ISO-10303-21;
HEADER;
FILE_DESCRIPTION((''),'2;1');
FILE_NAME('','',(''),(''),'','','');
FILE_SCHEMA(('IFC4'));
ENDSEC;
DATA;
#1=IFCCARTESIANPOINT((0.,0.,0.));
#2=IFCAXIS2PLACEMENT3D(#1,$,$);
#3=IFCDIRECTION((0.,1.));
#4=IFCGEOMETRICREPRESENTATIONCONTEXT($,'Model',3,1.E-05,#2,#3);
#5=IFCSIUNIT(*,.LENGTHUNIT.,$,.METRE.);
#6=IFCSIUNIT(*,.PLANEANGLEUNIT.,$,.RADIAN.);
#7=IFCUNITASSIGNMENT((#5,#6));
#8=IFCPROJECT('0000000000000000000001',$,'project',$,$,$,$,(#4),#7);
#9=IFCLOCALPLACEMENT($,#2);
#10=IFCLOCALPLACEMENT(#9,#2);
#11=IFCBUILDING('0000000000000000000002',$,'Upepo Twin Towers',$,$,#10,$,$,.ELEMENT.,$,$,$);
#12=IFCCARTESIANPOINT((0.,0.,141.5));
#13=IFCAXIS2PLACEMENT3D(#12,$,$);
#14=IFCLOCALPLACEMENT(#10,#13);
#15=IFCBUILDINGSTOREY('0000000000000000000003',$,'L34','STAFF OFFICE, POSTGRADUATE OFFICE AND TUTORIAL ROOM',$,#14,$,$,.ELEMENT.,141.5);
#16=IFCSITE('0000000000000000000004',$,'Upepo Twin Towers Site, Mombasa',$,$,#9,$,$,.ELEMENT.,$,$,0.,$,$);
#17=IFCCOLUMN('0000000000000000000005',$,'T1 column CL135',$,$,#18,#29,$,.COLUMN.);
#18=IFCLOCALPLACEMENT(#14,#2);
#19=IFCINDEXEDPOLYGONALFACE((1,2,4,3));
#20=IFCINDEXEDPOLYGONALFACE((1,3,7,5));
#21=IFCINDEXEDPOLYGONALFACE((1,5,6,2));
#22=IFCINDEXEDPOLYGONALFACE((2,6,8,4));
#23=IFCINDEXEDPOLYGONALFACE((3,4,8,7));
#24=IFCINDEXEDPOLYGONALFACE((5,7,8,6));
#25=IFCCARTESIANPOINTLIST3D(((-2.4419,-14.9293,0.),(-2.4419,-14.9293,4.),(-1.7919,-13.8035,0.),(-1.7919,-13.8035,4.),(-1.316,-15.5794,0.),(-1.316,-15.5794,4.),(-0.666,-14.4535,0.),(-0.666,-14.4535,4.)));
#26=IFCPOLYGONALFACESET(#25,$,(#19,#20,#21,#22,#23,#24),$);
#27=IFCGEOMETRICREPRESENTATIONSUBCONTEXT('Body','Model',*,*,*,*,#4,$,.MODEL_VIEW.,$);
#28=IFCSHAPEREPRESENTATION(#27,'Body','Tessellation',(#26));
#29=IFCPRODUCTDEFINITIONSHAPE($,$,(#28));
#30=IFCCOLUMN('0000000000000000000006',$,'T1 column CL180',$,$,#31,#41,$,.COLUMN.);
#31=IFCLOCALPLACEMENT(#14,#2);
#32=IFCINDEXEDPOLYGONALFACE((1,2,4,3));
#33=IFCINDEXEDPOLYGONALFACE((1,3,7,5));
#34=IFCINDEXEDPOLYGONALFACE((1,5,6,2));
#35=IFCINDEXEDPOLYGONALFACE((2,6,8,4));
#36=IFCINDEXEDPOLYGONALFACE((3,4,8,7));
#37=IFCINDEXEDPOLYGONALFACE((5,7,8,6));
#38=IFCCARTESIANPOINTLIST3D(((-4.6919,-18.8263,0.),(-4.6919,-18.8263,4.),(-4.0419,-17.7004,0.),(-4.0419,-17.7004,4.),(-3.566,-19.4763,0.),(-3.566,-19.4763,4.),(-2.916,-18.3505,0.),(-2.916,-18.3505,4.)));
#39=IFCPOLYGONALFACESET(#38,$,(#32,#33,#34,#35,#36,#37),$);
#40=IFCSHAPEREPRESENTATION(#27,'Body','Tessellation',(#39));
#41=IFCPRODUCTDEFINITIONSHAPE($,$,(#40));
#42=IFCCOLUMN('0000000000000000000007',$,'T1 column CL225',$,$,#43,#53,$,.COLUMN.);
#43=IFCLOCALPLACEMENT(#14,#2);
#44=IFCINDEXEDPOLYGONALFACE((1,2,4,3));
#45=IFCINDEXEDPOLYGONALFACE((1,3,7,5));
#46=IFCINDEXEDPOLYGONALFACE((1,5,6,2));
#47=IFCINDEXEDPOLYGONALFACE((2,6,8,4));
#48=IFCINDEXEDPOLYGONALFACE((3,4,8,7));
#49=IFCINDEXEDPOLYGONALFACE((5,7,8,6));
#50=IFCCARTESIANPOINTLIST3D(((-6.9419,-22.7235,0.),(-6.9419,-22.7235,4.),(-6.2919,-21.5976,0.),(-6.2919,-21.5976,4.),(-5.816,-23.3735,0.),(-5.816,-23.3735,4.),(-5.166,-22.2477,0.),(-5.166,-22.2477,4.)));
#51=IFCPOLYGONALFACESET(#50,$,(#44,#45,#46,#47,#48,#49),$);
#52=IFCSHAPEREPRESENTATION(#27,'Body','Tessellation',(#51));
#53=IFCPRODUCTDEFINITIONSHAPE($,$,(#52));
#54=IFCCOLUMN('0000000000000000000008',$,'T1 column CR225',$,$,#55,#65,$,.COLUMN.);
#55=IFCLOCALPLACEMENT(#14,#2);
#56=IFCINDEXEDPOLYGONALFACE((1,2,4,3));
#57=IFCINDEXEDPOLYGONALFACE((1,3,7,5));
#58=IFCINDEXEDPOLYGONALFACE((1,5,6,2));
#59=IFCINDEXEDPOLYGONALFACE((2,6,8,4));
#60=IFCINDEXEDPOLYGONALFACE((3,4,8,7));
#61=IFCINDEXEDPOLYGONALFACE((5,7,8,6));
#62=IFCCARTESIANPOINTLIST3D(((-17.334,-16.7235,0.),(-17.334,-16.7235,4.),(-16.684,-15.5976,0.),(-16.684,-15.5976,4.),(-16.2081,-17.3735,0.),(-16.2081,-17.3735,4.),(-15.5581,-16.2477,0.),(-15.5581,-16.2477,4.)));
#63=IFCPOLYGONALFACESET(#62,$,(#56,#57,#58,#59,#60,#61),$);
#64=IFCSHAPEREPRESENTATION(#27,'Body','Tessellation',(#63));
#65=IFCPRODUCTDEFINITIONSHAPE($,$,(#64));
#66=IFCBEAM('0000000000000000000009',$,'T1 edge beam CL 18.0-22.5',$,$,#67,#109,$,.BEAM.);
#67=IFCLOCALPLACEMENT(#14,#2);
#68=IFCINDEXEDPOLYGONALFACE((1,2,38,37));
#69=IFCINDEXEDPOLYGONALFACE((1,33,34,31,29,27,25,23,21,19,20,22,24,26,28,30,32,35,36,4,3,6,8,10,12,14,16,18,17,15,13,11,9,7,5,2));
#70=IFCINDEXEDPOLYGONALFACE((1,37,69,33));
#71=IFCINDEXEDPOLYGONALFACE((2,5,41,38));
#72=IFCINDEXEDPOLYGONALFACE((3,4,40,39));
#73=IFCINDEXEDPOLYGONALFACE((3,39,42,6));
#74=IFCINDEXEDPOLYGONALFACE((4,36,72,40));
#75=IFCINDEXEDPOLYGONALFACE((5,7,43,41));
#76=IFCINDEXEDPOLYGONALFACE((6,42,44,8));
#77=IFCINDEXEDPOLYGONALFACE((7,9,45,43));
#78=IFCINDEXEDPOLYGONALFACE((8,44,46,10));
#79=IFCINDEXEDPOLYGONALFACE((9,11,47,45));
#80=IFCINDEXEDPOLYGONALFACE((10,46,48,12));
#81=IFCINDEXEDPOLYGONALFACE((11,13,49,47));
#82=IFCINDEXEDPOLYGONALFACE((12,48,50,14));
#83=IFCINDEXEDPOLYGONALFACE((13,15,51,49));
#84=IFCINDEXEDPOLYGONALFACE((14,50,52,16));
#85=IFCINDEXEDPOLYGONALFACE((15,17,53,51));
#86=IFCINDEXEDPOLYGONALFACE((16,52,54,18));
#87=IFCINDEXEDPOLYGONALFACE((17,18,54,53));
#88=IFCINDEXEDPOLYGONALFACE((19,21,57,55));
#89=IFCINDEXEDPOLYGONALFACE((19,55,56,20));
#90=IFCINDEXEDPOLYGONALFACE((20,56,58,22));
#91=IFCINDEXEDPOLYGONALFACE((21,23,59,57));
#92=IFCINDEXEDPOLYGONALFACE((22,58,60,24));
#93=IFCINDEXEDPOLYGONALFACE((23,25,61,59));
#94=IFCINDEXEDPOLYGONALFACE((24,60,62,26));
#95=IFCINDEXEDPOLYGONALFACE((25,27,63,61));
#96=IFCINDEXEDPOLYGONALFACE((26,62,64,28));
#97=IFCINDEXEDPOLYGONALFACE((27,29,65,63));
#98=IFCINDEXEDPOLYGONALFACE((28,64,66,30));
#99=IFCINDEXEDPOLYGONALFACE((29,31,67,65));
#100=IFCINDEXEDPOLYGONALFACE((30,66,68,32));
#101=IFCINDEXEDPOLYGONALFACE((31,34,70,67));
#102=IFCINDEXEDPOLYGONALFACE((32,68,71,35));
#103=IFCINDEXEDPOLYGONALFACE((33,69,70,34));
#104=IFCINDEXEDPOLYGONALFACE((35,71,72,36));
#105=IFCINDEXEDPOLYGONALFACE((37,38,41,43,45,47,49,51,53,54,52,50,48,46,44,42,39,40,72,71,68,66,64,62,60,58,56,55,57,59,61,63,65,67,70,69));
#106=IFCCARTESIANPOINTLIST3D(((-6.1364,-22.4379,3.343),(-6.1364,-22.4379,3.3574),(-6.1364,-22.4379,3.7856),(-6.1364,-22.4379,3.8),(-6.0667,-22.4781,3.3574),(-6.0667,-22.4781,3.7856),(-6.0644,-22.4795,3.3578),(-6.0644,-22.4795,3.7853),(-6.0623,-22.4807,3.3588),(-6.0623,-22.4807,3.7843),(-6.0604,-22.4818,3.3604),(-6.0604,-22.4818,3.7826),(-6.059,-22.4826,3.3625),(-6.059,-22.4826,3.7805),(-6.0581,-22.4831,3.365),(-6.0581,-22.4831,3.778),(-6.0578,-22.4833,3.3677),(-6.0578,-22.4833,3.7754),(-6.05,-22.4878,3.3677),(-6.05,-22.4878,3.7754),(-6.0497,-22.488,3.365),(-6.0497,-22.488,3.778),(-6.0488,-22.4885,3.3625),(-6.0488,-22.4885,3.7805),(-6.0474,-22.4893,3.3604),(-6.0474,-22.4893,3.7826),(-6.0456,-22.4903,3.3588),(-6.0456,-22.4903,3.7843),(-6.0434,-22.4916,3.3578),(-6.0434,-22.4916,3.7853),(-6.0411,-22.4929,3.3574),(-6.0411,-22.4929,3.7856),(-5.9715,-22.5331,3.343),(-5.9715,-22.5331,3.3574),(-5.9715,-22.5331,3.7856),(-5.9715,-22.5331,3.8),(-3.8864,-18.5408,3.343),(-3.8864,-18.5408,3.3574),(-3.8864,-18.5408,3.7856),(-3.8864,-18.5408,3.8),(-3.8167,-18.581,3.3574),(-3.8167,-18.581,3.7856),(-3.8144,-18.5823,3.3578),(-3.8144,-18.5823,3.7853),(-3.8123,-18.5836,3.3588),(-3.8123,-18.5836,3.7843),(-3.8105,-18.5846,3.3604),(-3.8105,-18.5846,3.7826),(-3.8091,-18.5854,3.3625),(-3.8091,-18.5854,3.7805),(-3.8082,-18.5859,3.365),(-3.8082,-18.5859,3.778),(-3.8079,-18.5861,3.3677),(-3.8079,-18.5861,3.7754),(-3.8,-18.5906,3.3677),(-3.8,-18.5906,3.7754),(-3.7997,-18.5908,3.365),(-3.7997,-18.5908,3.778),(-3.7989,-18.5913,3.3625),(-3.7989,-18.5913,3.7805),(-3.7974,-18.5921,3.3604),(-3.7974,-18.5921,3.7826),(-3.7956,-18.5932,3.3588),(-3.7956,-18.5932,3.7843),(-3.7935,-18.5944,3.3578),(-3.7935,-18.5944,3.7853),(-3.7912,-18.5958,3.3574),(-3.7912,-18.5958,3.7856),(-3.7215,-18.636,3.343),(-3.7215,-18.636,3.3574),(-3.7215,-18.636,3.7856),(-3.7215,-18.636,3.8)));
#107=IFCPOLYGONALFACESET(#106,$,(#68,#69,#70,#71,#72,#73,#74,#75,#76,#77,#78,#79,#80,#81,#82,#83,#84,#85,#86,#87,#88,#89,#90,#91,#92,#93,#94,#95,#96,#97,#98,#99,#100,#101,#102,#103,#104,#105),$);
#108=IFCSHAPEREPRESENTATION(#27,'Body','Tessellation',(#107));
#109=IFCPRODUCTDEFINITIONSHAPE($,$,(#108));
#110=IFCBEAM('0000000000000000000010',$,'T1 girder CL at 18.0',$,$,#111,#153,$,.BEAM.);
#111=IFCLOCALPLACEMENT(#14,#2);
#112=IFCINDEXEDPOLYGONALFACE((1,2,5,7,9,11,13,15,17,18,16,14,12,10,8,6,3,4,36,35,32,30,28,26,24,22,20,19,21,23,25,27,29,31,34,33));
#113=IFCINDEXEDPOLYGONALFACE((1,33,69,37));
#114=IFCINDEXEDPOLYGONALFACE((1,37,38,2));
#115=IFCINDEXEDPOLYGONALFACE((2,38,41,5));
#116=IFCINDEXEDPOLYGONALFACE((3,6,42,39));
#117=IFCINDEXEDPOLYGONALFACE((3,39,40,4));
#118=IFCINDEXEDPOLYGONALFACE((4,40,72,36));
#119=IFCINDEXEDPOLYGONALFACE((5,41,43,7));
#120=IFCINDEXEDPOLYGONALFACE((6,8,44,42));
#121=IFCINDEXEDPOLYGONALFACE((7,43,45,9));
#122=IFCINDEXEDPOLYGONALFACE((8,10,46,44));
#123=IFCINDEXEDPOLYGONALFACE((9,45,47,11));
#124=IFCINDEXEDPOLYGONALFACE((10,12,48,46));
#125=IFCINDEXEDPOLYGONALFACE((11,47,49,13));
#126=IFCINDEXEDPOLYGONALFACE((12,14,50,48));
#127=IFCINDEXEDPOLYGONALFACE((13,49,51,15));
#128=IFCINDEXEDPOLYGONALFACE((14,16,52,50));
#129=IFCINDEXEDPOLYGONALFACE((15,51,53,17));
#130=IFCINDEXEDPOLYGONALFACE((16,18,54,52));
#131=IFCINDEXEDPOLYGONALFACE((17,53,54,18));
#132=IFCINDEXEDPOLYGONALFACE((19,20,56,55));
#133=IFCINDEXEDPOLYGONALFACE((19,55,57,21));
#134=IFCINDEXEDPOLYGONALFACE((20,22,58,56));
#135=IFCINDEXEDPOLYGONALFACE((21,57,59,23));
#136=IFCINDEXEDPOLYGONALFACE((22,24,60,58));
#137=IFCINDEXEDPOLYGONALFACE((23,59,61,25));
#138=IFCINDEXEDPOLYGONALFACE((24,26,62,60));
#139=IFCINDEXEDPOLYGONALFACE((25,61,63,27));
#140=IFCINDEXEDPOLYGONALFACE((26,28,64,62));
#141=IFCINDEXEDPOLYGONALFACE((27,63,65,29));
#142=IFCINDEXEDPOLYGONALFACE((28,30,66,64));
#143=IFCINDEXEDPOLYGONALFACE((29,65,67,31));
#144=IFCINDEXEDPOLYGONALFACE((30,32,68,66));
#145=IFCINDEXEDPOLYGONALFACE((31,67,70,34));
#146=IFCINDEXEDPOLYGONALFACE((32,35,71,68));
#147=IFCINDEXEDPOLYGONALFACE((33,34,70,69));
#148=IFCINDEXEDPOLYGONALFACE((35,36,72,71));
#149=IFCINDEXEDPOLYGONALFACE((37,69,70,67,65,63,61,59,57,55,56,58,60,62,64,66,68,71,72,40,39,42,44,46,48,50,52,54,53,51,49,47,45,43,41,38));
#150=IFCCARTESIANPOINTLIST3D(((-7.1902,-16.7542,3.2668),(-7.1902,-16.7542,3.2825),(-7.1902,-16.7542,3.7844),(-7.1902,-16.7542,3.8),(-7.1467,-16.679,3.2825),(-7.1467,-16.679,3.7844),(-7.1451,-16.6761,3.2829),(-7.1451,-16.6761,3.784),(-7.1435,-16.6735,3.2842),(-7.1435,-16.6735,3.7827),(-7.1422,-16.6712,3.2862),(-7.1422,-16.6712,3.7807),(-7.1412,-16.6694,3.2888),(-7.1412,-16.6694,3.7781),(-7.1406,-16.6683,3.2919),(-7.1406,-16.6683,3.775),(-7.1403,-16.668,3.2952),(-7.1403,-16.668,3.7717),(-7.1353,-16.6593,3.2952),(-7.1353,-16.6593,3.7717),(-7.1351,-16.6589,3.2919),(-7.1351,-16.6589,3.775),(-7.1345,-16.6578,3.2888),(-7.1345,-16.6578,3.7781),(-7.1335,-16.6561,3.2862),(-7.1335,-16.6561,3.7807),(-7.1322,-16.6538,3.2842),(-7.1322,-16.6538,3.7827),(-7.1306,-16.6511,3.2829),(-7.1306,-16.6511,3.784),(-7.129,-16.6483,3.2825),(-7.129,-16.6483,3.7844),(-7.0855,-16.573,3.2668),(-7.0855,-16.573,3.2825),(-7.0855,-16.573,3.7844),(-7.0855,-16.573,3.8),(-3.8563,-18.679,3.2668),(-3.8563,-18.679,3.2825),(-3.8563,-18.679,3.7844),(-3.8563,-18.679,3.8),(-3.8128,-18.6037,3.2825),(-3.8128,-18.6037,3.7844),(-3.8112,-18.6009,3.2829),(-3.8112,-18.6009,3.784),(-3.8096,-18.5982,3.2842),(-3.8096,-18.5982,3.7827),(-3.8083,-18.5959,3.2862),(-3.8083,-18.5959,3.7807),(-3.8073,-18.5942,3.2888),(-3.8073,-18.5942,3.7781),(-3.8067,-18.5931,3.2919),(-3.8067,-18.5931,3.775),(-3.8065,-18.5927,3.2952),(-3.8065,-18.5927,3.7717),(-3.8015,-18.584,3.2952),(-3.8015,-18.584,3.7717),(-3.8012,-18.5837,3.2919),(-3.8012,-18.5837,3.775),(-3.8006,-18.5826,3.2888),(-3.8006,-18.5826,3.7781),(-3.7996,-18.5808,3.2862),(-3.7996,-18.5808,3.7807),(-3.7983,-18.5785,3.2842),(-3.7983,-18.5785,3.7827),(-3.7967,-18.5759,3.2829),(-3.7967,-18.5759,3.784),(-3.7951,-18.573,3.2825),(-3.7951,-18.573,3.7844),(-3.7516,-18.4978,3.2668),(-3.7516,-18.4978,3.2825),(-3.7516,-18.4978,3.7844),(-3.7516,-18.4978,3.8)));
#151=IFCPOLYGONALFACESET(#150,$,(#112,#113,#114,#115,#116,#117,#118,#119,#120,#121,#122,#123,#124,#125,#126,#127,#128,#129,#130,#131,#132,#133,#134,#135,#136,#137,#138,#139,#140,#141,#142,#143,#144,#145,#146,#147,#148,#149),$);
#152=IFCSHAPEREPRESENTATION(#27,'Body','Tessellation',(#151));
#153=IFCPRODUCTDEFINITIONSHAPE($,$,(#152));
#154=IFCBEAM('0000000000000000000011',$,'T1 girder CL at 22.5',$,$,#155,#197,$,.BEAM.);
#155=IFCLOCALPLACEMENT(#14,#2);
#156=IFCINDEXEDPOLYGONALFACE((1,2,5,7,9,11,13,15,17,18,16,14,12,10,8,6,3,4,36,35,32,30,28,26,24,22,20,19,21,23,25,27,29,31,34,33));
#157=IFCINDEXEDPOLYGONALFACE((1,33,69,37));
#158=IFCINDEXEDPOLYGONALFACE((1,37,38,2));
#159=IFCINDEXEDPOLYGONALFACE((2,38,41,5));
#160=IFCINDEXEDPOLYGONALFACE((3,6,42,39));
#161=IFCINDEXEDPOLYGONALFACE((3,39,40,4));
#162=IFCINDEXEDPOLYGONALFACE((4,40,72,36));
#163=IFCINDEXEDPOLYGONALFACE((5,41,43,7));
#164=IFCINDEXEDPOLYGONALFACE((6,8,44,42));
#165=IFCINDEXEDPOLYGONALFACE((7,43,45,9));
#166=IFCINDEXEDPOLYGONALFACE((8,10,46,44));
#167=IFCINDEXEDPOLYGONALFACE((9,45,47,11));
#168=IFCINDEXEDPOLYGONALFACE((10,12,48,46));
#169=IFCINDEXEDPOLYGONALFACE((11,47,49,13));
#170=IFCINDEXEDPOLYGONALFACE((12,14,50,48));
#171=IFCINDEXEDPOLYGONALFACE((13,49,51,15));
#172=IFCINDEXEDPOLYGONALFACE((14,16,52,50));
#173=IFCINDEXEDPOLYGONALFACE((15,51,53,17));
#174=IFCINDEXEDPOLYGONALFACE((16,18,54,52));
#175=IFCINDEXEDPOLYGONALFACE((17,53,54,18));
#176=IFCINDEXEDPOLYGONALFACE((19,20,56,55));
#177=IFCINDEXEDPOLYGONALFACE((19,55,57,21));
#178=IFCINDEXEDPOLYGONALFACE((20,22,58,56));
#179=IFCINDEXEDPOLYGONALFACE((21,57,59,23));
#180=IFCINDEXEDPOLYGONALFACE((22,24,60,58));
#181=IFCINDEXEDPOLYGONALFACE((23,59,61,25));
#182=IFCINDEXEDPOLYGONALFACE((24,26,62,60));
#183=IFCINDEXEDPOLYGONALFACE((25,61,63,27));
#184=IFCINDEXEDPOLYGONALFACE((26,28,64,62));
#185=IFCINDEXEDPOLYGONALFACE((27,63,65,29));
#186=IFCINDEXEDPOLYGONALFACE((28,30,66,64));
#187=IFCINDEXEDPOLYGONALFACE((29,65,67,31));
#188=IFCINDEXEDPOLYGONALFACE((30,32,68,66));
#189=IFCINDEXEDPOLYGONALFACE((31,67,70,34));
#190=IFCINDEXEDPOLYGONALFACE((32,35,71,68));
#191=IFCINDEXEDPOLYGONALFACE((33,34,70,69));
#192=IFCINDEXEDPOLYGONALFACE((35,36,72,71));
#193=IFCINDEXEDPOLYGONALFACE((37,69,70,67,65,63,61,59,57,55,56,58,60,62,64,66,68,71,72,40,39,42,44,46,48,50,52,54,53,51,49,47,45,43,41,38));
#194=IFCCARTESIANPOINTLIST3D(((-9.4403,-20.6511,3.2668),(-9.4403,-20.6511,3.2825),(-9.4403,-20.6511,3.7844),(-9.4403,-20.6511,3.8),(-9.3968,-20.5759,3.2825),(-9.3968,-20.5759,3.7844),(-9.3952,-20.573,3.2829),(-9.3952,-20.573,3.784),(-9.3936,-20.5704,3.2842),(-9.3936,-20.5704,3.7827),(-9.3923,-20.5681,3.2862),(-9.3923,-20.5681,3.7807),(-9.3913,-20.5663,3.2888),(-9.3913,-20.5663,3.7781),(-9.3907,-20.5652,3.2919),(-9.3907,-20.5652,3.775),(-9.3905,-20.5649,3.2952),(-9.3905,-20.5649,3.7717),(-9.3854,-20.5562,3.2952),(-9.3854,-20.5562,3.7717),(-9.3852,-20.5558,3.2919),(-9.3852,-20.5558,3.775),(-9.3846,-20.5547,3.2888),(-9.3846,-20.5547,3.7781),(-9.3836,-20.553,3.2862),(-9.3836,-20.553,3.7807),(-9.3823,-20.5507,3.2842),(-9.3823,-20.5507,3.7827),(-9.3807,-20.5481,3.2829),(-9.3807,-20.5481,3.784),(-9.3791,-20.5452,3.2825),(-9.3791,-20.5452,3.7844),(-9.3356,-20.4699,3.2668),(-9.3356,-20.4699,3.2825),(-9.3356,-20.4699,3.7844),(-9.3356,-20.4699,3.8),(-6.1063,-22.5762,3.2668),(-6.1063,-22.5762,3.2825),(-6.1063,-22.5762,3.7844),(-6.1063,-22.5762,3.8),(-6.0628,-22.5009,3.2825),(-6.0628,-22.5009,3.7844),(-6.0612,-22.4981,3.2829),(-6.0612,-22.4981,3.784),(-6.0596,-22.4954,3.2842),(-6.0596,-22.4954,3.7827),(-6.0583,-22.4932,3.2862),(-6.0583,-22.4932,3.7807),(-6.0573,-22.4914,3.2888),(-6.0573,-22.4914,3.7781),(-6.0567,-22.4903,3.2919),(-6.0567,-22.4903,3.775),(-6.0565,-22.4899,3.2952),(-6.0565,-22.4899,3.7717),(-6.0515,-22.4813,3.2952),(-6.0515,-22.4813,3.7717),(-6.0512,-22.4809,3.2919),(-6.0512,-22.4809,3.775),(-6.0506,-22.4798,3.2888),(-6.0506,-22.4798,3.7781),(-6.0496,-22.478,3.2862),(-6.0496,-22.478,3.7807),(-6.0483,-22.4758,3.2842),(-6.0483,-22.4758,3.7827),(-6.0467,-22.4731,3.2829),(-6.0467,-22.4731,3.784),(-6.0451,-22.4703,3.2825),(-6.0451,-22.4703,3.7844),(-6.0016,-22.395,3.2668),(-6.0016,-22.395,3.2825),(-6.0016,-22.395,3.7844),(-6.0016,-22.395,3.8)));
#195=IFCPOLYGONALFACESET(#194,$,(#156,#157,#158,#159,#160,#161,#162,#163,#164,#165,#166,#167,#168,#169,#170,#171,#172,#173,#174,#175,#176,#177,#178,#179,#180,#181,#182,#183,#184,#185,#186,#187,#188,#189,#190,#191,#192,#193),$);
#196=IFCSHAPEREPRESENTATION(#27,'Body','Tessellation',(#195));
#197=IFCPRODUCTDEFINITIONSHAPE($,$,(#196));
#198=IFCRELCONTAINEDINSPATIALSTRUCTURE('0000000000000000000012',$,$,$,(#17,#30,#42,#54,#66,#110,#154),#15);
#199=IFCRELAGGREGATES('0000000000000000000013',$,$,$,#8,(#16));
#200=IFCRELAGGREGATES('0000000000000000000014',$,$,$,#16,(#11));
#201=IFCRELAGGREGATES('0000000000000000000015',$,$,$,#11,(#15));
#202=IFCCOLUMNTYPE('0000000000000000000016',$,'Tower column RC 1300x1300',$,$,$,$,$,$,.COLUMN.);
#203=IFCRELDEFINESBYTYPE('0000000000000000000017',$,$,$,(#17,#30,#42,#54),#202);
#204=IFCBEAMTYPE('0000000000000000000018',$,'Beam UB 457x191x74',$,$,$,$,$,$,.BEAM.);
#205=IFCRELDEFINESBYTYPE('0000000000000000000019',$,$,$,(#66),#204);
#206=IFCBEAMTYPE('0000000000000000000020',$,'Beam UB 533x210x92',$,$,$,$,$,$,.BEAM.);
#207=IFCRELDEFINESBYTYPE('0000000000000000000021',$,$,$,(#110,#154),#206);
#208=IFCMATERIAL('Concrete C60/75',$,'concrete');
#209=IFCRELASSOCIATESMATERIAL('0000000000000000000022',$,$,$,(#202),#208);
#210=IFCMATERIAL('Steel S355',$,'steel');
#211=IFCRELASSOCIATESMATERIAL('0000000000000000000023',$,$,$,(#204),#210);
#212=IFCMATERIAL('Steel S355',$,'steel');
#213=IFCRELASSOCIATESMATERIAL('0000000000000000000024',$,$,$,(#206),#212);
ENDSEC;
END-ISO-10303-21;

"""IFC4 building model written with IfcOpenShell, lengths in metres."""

from ifc_helpers import new_model, si_unit, direction, frame, origin, origin_2d, place, context, subcontext, project, spatial, rectangle, i_section, extrude, material, material_profile, profile_set, type_object, element, save


model = new_model("IFC4")

# Units and contexts
model_context = context("Model", 3, precision=1e-05, world=origin(), true_north=direction((0.0, 1.0)))
body_context = subcontext(model_context, "Body", "Model", "MODEL_VIEW")
ifc_project = project(units=[si_unit("LENGTHUNIT", "METRE"), si_unit("PLANEANGLEUNIT", "RADIAN")], contexts=[model_context])

# Site, building, storey
site_placement = place(None, origin())
site = spatial("IfcSite", under=ifc_project, at=site_placement, Name="Upepo Twin Towers Site, Mombasa", CompositionType="ELEMENT", RefElevation=0.0)
building_placement = place(site_placement, origin())
building = spatial("IfcBuilding", under=site, at=building_placement, Name="Upepo Twin Towers", CompositionType="ELEMENT")
storey_placement = place(building_placement, frame((0.0, 0.0, 141.5)))
storey = spatial("IfcBuildingStorey", under=building, at=storey_placement, Name="L34", Description="STAFF OFFICE, POSTGRADUATE OFFICE AND TUTORIAL ROOM", CompositionType="ELEMENT", Elevation=141.5)

# Columns
ifc_material_1 = material(Name="Concrete C60/75", Category="concrete")
ifc_material_profile_1 = material_profile(ifc_material_1, rectangle(XDim=1.3, YDim=1.3, at=origin_2d()), Name="RC 1300x1300")
ifc_profile_set_1 = profile_set([ifc_material_profile_1], Name="Concrete C60/75")
column_type = type_object("IfcColumnType", Name="Tower column RC 1300x1300", PredefinedType="COLUMN", material=ifc_profile_set_1)
for number, where, z_axis, x_axis, name in (
    (1, (-1.554, -14.6914, 0.0), (0.0, 0.0, 1.0), (0.5, 0.866025, 0.0), "T1 column CL135"),
    (2, (-3.804, -18.5884, 0.0), (0.0, 0.0, 1.0), (0.5, 0.866025, 0.0), "T1 column CL180"),
    (3, (-6.054, -22.4856, 0.0), (0.0, 0.0, 1.0), (0.5, 0.866025, 0.0), "T1 column CL225"),
    (4, (-16.446, -16.4856, 0.0), (0.0, 0.0, 1.0), (0.5, 0.866025, 0.0), "T1 column CR225"),
):
    element("IfcColumn", number, at=place(storey_placement, frame(where, z_axis=z_axis, x_axis=x_axis)), inside=storey, type_object=column_type, Name=name, PredefinedType="COLUMN", context=body_context, shape_type="SweptSolid", body=[
        extrude(rectangle(XDim=1.3, YDim=1.3, at=origin_2d()), origin(), (0.0, 0.0, 1.0), 4.0),
    ])

# Beams
ifc_material_2 = material(Name="Steel S355", Category="steel")
ifc_material_profile_2 = material_profile(ifc_material_2, i_section(OverallWidth=0.1904, OverallDepth=0.457, WebThickness=0.009, FlangeThickness=0.0144, FilletRadius=0.0103, at=origin_2d()), Name="UB 457x191x74")
ifc_profile_set_2 = profile_set([ifc_material_profile_2], Name="Steel S355")
beam_type_1 = type_object("IfcBeamType", Name="Beam UB 457x191x74", PredefinedType="BEAM", material=ifc_profile_set_2)
beam_1_placement = place(storey_placement, frame((-3.804, -18.5884, 3.5715), z_axis=(-0.49999, -0.866031, 0.0), x_axis=(0.866031, -0.49999, 0.0)))
element("IfcBeam", 5, at=beam_1_placement, inside=storey, type_object=beam_type_1, Name="T1 edge beam CL 18.0-22.5", PredefinedType="BEAM", context=body_context, shape_type="SweptSolid", body=[
    extrude(i_section(OverallWidth=0.1904, OverallDepth=0.457, WebThickness=0.009, FlangeThickness=0.0144, FilletRadius=0.0103, at=origin_2d()), origin(), (0.0, 0.0, 1.0), 4.5),
])
ifc_material_3 = material(Name="Steel S355", Category="steel")
ifc_material_profile_3 = material_profile(ifc_material_3, i_section(OverallWidth=0.2092, OverallDepth=0.5332, WebThickness=0.01, FlangeThickness=0.0156, FilletRadius=0.0127, at=origin_2d()), Name="UB 533x210x92")
ifc_profile_set_3 = profile_set([ifc_material_profile_3], Name="Steel S355")
beam_type_2 = type_object("IfcBeamType", Name="Beam UB 533x210x92", PredefinedType="BEAM", material=ifc_profile_set_3)
beam_2_placement = place(storey_placement, frame((-3.804, -18.5884, 3.5334), z_axis=(-0.866034, 0.499986, 0.0), x_axis=(-0.499986, -0.866034, 0.0)))
element("IfcBeam", 6, at=beam_2_placement, inside=storey, type_object=beam_type_2, Name="T1 girder CL at 18.0", PredefinedType="BEAM", context=body_context, shape_type="SweptSolid", body=[
    extrude(i_section(OverallWidth=0.2092, OverallDepth=0.5332, WebThickness=0.01, FlangeThickness=0.0156, FilletRadius=0.0127, at=origin_2d()), origin(), (0.0, 0.0, 1.0), 3.8496),
])
for number, where, z_axis, x_axis, name in (
    (7, (-6.054, -22.4856, 3.5334), (-0.866006, 0.500034, 0.0), (-0.500034, -0.866006, 0.0), "T1 girder CL at 22.5"),
):
    element("IfcBeam", number, at=place(storey_placement, frame(where, z_axis=z_axis, x_axis=x_axis)), inside=storey, type_object=beam_type_2, Name=name, PredefinedType="BEAM", context=body_context, shape_type="SweptSolid", body=[
        extrude(i_section(OverallWidth=0.2092, OverallDepth=0.5332, WebThickness=0.01, FlangeThickness=0.0156, FilletRadius=0.0127, at=origin_2d()), origin(), (0.0, 0.0, 1.0), 3.8499),
    ])

save(model, "model.ifc")
